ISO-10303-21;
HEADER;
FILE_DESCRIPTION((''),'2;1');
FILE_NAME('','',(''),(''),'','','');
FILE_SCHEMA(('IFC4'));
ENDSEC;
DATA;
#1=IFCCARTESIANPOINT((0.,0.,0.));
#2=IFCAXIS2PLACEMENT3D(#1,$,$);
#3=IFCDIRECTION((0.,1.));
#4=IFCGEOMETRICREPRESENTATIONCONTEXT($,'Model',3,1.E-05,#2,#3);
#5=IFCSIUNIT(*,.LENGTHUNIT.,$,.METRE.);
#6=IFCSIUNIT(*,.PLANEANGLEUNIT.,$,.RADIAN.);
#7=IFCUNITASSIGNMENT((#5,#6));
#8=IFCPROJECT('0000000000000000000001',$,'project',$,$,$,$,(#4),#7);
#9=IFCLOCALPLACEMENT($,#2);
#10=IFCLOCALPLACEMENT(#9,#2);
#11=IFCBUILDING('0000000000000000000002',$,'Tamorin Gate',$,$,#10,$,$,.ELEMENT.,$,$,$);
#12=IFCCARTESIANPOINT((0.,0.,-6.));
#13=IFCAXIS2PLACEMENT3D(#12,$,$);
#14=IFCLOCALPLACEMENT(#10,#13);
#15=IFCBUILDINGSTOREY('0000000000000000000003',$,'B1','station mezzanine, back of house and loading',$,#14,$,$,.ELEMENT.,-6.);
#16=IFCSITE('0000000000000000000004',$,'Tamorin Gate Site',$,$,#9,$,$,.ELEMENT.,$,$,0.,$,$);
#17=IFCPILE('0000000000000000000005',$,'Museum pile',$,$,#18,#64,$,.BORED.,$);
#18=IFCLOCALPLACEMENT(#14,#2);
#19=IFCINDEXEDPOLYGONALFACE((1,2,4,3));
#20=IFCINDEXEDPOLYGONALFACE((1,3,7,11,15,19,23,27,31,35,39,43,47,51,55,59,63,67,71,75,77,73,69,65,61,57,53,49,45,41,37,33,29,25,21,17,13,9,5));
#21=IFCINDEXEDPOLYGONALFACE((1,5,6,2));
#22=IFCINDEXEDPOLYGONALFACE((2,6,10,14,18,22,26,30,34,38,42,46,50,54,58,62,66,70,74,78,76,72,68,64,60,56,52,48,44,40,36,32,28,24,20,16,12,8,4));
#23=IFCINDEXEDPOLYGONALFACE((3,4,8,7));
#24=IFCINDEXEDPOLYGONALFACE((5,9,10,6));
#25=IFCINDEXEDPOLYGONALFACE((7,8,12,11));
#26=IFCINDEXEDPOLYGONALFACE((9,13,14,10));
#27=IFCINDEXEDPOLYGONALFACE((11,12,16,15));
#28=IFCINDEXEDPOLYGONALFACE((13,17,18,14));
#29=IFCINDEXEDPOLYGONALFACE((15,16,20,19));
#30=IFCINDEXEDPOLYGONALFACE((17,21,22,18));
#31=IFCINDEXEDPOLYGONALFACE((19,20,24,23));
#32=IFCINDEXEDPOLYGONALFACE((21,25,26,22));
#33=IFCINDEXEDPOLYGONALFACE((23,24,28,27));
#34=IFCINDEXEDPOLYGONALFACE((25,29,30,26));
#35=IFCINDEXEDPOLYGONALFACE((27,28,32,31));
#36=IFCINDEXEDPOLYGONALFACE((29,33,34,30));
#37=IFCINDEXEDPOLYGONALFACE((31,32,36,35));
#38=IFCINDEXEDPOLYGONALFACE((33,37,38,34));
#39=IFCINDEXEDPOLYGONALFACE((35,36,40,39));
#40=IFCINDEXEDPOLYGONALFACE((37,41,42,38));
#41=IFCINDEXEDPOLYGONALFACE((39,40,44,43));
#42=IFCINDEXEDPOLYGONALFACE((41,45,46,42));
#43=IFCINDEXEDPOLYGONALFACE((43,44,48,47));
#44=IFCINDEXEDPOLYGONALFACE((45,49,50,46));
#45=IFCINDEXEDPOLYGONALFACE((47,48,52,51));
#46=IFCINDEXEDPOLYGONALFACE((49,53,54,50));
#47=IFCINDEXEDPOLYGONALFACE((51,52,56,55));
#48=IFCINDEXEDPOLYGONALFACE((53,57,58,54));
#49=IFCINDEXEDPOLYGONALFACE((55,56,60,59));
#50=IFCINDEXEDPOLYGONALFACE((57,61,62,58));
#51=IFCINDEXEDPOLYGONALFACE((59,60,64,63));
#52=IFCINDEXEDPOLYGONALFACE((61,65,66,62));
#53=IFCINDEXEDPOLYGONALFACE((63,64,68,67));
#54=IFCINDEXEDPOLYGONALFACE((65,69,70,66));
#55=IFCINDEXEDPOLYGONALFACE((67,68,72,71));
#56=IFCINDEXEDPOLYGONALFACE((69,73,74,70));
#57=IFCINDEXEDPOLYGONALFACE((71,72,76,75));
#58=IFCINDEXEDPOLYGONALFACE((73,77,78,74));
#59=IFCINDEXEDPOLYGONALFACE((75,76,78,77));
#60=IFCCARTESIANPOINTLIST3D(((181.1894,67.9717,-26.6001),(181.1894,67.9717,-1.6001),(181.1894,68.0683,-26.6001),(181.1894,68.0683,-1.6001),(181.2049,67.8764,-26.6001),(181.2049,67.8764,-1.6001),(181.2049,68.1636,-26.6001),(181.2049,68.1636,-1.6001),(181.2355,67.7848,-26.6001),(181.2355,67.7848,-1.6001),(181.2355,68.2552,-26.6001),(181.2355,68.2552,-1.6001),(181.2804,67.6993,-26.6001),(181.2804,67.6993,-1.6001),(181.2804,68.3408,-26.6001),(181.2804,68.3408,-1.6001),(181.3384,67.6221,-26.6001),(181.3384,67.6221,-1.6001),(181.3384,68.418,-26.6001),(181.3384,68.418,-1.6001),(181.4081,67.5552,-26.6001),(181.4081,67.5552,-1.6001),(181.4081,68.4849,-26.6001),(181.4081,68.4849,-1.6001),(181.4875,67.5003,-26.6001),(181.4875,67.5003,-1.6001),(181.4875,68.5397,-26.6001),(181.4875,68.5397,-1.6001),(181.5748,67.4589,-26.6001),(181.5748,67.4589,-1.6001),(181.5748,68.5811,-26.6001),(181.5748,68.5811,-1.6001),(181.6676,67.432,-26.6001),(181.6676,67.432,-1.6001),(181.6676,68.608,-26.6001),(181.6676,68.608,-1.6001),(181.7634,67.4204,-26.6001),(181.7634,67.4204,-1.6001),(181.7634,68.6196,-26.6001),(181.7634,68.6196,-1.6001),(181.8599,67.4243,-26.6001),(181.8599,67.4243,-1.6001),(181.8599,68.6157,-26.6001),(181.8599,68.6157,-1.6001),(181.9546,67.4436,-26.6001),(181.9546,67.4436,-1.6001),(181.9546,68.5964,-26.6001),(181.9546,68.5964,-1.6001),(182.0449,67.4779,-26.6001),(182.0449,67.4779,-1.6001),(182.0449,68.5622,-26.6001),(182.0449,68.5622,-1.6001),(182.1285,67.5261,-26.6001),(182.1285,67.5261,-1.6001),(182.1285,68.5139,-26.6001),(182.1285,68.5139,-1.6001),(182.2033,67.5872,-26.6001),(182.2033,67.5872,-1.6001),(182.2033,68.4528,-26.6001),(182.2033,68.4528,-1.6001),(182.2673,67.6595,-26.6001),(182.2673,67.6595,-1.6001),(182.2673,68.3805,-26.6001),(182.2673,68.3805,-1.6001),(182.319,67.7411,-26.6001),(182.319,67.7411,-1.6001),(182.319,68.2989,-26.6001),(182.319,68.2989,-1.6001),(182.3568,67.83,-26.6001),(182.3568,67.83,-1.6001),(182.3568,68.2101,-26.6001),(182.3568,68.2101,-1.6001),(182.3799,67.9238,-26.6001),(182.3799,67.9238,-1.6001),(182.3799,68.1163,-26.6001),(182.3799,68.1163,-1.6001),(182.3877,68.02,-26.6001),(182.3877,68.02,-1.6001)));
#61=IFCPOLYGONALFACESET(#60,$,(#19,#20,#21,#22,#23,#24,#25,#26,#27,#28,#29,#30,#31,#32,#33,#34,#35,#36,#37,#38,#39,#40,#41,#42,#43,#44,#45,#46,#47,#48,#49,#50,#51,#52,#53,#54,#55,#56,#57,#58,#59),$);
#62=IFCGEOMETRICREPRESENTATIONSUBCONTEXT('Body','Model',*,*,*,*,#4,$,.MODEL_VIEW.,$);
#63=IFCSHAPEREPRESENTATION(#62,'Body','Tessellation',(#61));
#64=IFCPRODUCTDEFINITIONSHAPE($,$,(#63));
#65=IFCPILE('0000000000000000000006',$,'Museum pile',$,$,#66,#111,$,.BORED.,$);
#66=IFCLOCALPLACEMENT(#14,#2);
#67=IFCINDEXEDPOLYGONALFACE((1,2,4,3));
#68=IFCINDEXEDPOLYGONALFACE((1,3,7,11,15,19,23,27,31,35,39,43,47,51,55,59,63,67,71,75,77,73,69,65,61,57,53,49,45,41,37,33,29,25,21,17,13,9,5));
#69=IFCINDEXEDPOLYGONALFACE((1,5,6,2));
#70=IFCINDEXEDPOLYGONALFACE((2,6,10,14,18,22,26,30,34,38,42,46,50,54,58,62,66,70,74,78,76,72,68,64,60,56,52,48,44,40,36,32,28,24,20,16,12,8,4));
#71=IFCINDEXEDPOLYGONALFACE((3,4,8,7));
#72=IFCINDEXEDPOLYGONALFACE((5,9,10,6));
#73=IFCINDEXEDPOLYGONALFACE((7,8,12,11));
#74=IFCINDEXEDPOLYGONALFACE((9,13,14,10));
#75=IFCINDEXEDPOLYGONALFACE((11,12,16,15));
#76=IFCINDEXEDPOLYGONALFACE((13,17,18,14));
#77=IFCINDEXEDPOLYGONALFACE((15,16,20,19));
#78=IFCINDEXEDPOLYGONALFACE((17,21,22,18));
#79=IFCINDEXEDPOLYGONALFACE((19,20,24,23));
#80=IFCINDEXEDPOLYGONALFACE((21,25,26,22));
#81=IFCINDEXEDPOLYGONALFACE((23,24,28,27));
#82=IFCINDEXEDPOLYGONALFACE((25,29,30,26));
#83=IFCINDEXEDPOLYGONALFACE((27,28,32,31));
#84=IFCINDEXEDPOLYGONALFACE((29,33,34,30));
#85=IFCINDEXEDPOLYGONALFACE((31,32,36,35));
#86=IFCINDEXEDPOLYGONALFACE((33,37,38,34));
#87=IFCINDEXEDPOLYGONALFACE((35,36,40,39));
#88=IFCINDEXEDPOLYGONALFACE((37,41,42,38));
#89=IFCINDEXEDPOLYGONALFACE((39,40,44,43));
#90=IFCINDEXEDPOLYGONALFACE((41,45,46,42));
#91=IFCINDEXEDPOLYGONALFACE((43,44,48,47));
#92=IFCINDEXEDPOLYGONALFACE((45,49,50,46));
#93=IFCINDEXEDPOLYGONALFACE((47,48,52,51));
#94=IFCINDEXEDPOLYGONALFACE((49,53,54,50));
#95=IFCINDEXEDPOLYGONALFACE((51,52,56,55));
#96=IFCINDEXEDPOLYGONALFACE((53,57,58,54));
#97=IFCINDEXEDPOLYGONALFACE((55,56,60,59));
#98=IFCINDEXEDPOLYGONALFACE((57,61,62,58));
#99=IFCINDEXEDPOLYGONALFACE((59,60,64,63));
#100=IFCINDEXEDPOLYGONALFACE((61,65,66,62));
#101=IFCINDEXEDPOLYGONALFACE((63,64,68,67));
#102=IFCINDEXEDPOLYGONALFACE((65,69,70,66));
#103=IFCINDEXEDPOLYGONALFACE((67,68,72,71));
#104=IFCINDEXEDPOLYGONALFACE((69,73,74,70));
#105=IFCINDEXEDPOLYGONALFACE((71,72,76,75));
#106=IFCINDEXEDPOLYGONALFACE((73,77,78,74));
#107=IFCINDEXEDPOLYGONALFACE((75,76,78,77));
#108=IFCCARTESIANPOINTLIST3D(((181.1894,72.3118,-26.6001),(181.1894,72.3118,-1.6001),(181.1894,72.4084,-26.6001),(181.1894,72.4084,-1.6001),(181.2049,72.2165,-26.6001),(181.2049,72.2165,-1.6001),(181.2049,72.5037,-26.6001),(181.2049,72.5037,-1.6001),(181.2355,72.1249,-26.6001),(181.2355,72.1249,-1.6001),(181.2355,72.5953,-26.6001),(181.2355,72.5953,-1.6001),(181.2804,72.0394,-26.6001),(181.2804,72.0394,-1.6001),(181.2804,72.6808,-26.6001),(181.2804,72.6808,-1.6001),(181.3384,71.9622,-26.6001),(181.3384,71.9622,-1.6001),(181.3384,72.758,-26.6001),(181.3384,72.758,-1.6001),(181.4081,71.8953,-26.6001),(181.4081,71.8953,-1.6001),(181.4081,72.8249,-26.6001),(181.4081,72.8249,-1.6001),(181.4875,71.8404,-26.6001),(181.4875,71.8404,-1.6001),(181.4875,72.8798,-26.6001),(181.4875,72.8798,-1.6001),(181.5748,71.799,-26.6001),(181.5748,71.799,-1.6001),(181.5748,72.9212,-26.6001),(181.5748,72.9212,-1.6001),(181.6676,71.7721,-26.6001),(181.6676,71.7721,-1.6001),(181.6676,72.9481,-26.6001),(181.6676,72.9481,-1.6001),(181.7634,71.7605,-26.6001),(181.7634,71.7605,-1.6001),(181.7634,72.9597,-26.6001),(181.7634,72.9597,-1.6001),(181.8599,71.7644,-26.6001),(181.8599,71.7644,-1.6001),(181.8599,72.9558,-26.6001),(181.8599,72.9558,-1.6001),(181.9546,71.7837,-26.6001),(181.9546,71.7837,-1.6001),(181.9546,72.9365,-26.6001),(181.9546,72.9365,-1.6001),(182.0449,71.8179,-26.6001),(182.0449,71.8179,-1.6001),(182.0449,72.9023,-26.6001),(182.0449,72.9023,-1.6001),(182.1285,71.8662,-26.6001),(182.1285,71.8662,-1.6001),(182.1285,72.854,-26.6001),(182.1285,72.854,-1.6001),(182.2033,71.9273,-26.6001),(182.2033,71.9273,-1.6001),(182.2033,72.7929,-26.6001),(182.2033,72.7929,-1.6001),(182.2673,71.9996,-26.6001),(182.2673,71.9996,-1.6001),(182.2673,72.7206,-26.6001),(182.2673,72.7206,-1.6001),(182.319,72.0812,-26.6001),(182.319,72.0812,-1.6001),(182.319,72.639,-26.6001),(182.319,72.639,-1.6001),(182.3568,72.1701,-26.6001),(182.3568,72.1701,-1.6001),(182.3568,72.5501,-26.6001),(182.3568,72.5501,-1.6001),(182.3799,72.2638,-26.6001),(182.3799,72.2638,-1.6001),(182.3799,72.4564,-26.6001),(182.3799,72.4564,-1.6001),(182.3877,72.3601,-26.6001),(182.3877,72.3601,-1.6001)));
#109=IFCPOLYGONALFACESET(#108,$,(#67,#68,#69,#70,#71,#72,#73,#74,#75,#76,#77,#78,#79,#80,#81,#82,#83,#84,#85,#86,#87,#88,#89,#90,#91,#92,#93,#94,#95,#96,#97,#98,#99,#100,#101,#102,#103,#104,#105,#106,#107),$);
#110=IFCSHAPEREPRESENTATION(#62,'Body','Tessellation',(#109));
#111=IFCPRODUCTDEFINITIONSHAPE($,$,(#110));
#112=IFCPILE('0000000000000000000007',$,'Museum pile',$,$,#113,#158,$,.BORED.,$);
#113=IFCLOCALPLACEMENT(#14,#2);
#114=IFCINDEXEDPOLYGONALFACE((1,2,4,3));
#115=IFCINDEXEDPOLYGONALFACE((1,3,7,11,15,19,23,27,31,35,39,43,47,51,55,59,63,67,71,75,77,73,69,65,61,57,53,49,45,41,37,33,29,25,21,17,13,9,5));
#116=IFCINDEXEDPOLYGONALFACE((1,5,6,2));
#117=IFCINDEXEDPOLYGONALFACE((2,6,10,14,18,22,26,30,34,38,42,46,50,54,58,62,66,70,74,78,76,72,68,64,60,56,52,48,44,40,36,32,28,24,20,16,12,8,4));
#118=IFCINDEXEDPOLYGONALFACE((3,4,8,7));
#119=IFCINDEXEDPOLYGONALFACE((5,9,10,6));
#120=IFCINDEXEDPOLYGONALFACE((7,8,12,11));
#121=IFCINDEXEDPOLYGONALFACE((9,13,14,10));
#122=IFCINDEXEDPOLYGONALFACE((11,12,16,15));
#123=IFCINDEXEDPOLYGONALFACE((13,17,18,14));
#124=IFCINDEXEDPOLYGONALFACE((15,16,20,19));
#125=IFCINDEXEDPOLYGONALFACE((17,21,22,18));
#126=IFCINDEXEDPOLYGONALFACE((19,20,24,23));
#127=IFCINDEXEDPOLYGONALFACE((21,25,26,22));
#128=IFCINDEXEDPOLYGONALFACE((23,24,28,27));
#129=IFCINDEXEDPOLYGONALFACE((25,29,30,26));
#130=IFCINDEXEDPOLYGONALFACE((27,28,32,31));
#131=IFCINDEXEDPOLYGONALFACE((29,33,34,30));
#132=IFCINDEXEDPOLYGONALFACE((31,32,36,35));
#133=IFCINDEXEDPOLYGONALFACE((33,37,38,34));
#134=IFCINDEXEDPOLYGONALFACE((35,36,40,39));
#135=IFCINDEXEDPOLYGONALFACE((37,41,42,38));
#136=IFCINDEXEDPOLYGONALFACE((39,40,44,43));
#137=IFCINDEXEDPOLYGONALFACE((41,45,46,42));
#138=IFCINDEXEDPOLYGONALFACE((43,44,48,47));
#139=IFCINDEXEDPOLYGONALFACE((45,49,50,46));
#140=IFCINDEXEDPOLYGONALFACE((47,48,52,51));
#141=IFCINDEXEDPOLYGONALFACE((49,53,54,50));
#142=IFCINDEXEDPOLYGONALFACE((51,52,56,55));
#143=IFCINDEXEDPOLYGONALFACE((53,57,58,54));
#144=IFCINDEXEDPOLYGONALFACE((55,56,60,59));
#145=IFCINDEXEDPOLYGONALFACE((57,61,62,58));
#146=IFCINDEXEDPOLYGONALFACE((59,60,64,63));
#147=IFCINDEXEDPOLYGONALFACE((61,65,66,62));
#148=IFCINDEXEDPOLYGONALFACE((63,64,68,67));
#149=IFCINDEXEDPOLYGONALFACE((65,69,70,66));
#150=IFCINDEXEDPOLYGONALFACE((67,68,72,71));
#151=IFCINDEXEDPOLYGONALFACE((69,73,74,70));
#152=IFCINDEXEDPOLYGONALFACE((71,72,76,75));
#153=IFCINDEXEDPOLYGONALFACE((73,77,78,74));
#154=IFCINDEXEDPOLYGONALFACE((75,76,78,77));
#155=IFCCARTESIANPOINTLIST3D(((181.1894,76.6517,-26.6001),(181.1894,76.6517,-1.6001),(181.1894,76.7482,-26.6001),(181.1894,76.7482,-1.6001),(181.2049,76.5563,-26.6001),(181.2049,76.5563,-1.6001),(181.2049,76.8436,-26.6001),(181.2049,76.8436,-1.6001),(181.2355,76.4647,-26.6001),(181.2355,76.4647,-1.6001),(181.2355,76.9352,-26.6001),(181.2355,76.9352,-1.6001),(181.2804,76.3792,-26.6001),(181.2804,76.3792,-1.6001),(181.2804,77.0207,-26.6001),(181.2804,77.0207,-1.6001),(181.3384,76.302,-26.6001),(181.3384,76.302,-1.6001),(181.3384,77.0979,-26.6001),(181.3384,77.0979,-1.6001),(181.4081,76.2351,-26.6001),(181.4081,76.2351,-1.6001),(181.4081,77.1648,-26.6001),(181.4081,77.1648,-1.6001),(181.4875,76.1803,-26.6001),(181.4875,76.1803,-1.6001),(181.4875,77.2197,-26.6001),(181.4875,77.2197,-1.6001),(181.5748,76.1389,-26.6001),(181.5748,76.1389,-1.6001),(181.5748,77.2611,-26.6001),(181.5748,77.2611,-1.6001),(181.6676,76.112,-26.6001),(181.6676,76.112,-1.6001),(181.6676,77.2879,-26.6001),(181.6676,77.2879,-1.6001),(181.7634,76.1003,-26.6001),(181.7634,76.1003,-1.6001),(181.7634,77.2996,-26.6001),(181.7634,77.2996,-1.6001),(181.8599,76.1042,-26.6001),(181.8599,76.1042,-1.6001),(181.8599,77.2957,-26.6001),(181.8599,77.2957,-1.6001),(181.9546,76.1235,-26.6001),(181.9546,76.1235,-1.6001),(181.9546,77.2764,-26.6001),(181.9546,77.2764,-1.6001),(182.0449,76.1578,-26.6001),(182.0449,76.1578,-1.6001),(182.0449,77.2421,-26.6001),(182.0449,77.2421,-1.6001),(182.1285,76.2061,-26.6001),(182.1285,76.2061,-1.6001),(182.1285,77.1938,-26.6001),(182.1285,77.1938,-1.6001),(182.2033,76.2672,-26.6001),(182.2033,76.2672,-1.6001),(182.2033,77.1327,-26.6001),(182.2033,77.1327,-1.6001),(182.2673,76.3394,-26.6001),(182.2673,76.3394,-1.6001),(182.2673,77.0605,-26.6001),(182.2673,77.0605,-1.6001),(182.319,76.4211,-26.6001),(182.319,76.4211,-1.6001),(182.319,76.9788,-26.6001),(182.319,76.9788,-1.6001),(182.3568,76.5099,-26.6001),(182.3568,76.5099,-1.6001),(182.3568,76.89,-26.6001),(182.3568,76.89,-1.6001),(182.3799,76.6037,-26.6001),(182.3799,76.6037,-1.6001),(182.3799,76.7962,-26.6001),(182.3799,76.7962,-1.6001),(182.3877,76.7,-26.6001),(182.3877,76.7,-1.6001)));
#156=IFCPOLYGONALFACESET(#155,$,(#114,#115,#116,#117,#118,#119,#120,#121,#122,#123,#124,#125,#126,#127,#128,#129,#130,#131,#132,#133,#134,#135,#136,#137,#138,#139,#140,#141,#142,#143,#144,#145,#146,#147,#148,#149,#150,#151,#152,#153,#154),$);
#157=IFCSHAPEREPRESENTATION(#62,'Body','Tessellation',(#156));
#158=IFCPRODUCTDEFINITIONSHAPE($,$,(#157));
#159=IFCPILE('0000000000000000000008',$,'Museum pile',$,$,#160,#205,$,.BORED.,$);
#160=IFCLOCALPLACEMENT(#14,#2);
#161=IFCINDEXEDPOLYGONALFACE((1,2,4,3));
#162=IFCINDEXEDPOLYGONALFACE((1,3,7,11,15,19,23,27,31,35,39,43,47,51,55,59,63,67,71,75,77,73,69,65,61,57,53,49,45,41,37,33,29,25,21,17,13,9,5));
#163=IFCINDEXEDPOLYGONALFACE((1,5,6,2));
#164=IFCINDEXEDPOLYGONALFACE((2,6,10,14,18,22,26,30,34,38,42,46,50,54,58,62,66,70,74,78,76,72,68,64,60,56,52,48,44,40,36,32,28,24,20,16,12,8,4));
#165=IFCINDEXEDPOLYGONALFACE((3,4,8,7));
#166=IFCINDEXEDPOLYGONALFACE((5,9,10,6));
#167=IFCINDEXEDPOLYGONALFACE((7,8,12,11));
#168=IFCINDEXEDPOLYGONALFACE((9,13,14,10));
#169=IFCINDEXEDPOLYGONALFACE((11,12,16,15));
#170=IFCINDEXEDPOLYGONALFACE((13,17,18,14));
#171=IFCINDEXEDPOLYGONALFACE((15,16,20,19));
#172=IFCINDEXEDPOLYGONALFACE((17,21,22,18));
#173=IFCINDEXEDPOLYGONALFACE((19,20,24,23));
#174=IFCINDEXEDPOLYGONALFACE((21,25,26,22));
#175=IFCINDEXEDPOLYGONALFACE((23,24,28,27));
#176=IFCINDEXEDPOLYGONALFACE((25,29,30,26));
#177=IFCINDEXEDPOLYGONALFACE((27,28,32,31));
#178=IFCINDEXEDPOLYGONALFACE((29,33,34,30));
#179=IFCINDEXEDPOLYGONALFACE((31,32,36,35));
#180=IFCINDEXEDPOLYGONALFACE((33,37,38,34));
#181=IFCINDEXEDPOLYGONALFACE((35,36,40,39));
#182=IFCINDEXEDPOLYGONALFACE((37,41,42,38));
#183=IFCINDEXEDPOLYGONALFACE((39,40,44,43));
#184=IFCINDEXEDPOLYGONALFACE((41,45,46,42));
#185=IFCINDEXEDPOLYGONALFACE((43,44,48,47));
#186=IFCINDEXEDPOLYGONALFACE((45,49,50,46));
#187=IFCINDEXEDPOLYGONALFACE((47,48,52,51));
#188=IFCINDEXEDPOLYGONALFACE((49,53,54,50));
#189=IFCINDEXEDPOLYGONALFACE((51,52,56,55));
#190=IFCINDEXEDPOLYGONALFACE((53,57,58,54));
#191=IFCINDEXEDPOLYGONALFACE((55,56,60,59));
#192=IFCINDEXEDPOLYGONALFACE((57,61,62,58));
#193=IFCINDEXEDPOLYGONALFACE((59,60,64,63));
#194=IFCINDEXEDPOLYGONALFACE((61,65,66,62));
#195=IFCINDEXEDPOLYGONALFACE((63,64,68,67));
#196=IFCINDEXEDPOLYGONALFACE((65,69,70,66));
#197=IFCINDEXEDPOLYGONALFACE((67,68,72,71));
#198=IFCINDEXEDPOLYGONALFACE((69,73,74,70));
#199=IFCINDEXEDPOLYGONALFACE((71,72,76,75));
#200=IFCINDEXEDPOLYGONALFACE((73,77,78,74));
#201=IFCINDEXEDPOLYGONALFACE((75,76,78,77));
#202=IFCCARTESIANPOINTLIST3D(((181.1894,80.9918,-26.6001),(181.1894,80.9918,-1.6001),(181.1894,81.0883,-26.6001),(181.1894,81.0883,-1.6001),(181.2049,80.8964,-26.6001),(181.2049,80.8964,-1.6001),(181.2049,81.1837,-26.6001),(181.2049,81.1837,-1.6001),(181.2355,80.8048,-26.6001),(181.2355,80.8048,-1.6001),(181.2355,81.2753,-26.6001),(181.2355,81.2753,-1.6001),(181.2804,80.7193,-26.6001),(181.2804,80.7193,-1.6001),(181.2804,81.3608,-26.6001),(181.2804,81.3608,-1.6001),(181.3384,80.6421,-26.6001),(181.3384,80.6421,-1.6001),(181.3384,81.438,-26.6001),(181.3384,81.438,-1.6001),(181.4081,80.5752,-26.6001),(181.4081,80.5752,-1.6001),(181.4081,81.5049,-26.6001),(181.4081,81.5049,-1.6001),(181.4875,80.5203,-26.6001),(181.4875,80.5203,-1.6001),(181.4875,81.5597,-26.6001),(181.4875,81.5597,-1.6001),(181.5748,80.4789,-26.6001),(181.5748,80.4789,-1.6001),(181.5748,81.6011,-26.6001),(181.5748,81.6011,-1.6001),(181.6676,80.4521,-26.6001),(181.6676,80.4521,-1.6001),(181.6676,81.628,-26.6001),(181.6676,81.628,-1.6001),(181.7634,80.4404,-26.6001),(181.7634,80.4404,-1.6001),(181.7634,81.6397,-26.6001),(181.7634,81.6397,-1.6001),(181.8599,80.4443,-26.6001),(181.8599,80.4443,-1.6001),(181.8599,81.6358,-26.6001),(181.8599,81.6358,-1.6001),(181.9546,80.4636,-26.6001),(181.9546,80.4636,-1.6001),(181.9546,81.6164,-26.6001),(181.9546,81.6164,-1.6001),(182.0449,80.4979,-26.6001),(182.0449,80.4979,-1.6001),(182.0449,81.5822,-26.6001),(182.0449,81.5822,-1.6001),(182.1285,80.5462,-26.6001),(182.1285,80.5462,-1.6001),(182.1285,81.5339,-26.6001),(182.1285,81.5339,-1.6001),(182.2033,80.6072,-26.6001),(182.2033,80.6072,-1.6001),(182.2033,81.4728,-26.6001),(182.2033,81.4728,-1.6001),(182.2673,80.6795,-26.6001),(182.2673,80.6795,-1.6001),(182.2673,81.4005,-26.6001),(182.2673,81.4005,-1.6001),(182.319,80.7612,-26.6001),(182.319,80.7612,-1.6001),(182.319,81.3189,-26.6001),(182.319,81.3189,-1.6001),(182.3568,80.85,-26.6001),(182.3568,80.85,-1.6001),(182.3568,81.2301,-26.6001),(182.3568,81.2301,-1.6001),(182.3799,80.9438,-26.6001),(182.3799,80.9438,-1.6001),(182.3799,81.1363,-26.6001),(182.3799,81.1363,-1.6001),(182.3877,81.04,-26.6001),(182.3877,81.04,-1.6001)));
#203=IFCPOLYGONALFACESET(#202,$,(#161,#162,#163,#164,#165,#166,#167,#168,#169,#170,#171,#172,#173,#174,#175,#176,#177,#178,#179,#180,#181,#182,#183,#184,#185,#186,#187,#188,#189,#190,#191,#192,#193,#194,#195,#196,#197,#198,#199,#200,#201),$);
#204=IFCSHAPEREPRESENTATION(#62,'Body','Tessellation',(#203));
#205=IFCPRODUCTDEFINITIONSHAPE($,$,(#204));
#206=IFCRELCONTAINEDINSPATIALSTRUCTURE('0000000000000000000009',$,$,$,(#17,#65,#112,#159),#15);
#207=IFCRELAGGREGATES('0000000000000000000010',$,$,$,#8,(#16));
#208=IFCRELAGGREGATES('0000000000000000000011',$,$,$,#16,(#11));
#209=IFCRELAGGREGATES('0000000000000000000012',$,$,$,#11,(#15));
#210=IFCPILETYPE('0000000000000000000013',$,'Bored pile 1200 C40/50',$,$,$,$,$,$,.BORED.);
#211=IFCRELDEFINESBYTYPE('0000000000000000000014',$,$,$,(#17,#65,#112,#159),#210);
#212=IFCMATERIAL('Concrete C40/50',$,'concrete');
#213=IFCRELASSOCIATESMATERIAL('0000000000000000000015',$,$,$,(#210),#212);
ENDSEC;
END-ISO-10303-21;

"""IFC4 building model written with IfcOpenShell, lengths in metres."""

from ifc_helpers import new_model, si_unit, direction, frame, origin, origin_2d, place, context, subcontext, project, spatial, circle, extrude, material, material_profile, profile_set, type_object, element, save


model = new_model("IFC4")

# Units and contexts
model_context = context("Model", 3, precision=1e-05, world=origin(), true_north=direction((0.0, 1.0)))
body_context = subcontext(model_context, "Body", "Model", "MODEL_VIEW")
ifc_project = project(units=[si_unit("LENGTHUNIT", "METRE"), si_unit("PLANEANGLEUNIT", "RADIAN")], contexts=[model_context])

# Site, building, storey
site_placement = place(None, origin())
site = spatial("IfcSite", under=ifc_project, at=site_placement, Name="Tamorin Gate Site", CompositionType="ELEMENT", RefElevation=0.0)
building_placement = place(site_placement, origin())
building = spatial("IfcBuilding", under=site, at=building_placement, Name="Tamorin Gate", CompositionType="ELEMENT")
storey_placement = place(building_placement, frame((0.0, 0.0, -6.0)))
storey = spatial("IfcBuildingStorey", under=building, at=storey_placement, Name="B1", Description="station mezzanine, back of house and loading", CompositionType="ELEMENT", Elevation=-6.0)

# Piles
ifc_material_1 = material(Name="Concrete C40/50", Category="concrete")
ifc_material_profile_1 = material_profile(ifc_material_1, circle(Radius=0.6001, at=origin_2d()))
ifc_profile_set_1 = profile_set([ifc_material_profile_1], Name="Concrete C40/50")
pile_type = type_object("IfcPileType", Name="Bored pile 1200 C40/50", PredefinedType="BORED", material=ifc_profile_set_1)
for number, where, z_axis, x_axis, name in (
    (1, (181.7876, 68.02, -1.6001), (0.0, 0.0, -1.0), (1.0, 0.0, 0.0), "Museum pile"),
    (2, (181.7876, 72.3601, -1.6001), (0.0, 0.0, -1.0), (1.0, 0.0, 0.0), "Museum pile"),
    (3, (181.7876, 76.7, -1.6001), (0.0, 0.0, -1.0), (1.0, 0.0, 0.0), "Museum pile"),
    (4, (181.7876, 81.04, -1.6001), (0.0, 0.0, -1.0), (1.0, 0.0, 0.0), "Museum pile"),
):
    element("IfcPile", number, at=place(storey_placement, frame(where, z_axis=z_axis, x_axis=x_axis)), inside=storey, type_object=pile_type, Name=name, PredefinedType="BORED", context=body_context, shape_type="SweptSolid", body=[
        extrude(circle(Radius=0.6001, at=origin_2d()), origin(), (0.0, 0.0, 1.0), 25.0),
    ])

save(model, "model.ifc")
